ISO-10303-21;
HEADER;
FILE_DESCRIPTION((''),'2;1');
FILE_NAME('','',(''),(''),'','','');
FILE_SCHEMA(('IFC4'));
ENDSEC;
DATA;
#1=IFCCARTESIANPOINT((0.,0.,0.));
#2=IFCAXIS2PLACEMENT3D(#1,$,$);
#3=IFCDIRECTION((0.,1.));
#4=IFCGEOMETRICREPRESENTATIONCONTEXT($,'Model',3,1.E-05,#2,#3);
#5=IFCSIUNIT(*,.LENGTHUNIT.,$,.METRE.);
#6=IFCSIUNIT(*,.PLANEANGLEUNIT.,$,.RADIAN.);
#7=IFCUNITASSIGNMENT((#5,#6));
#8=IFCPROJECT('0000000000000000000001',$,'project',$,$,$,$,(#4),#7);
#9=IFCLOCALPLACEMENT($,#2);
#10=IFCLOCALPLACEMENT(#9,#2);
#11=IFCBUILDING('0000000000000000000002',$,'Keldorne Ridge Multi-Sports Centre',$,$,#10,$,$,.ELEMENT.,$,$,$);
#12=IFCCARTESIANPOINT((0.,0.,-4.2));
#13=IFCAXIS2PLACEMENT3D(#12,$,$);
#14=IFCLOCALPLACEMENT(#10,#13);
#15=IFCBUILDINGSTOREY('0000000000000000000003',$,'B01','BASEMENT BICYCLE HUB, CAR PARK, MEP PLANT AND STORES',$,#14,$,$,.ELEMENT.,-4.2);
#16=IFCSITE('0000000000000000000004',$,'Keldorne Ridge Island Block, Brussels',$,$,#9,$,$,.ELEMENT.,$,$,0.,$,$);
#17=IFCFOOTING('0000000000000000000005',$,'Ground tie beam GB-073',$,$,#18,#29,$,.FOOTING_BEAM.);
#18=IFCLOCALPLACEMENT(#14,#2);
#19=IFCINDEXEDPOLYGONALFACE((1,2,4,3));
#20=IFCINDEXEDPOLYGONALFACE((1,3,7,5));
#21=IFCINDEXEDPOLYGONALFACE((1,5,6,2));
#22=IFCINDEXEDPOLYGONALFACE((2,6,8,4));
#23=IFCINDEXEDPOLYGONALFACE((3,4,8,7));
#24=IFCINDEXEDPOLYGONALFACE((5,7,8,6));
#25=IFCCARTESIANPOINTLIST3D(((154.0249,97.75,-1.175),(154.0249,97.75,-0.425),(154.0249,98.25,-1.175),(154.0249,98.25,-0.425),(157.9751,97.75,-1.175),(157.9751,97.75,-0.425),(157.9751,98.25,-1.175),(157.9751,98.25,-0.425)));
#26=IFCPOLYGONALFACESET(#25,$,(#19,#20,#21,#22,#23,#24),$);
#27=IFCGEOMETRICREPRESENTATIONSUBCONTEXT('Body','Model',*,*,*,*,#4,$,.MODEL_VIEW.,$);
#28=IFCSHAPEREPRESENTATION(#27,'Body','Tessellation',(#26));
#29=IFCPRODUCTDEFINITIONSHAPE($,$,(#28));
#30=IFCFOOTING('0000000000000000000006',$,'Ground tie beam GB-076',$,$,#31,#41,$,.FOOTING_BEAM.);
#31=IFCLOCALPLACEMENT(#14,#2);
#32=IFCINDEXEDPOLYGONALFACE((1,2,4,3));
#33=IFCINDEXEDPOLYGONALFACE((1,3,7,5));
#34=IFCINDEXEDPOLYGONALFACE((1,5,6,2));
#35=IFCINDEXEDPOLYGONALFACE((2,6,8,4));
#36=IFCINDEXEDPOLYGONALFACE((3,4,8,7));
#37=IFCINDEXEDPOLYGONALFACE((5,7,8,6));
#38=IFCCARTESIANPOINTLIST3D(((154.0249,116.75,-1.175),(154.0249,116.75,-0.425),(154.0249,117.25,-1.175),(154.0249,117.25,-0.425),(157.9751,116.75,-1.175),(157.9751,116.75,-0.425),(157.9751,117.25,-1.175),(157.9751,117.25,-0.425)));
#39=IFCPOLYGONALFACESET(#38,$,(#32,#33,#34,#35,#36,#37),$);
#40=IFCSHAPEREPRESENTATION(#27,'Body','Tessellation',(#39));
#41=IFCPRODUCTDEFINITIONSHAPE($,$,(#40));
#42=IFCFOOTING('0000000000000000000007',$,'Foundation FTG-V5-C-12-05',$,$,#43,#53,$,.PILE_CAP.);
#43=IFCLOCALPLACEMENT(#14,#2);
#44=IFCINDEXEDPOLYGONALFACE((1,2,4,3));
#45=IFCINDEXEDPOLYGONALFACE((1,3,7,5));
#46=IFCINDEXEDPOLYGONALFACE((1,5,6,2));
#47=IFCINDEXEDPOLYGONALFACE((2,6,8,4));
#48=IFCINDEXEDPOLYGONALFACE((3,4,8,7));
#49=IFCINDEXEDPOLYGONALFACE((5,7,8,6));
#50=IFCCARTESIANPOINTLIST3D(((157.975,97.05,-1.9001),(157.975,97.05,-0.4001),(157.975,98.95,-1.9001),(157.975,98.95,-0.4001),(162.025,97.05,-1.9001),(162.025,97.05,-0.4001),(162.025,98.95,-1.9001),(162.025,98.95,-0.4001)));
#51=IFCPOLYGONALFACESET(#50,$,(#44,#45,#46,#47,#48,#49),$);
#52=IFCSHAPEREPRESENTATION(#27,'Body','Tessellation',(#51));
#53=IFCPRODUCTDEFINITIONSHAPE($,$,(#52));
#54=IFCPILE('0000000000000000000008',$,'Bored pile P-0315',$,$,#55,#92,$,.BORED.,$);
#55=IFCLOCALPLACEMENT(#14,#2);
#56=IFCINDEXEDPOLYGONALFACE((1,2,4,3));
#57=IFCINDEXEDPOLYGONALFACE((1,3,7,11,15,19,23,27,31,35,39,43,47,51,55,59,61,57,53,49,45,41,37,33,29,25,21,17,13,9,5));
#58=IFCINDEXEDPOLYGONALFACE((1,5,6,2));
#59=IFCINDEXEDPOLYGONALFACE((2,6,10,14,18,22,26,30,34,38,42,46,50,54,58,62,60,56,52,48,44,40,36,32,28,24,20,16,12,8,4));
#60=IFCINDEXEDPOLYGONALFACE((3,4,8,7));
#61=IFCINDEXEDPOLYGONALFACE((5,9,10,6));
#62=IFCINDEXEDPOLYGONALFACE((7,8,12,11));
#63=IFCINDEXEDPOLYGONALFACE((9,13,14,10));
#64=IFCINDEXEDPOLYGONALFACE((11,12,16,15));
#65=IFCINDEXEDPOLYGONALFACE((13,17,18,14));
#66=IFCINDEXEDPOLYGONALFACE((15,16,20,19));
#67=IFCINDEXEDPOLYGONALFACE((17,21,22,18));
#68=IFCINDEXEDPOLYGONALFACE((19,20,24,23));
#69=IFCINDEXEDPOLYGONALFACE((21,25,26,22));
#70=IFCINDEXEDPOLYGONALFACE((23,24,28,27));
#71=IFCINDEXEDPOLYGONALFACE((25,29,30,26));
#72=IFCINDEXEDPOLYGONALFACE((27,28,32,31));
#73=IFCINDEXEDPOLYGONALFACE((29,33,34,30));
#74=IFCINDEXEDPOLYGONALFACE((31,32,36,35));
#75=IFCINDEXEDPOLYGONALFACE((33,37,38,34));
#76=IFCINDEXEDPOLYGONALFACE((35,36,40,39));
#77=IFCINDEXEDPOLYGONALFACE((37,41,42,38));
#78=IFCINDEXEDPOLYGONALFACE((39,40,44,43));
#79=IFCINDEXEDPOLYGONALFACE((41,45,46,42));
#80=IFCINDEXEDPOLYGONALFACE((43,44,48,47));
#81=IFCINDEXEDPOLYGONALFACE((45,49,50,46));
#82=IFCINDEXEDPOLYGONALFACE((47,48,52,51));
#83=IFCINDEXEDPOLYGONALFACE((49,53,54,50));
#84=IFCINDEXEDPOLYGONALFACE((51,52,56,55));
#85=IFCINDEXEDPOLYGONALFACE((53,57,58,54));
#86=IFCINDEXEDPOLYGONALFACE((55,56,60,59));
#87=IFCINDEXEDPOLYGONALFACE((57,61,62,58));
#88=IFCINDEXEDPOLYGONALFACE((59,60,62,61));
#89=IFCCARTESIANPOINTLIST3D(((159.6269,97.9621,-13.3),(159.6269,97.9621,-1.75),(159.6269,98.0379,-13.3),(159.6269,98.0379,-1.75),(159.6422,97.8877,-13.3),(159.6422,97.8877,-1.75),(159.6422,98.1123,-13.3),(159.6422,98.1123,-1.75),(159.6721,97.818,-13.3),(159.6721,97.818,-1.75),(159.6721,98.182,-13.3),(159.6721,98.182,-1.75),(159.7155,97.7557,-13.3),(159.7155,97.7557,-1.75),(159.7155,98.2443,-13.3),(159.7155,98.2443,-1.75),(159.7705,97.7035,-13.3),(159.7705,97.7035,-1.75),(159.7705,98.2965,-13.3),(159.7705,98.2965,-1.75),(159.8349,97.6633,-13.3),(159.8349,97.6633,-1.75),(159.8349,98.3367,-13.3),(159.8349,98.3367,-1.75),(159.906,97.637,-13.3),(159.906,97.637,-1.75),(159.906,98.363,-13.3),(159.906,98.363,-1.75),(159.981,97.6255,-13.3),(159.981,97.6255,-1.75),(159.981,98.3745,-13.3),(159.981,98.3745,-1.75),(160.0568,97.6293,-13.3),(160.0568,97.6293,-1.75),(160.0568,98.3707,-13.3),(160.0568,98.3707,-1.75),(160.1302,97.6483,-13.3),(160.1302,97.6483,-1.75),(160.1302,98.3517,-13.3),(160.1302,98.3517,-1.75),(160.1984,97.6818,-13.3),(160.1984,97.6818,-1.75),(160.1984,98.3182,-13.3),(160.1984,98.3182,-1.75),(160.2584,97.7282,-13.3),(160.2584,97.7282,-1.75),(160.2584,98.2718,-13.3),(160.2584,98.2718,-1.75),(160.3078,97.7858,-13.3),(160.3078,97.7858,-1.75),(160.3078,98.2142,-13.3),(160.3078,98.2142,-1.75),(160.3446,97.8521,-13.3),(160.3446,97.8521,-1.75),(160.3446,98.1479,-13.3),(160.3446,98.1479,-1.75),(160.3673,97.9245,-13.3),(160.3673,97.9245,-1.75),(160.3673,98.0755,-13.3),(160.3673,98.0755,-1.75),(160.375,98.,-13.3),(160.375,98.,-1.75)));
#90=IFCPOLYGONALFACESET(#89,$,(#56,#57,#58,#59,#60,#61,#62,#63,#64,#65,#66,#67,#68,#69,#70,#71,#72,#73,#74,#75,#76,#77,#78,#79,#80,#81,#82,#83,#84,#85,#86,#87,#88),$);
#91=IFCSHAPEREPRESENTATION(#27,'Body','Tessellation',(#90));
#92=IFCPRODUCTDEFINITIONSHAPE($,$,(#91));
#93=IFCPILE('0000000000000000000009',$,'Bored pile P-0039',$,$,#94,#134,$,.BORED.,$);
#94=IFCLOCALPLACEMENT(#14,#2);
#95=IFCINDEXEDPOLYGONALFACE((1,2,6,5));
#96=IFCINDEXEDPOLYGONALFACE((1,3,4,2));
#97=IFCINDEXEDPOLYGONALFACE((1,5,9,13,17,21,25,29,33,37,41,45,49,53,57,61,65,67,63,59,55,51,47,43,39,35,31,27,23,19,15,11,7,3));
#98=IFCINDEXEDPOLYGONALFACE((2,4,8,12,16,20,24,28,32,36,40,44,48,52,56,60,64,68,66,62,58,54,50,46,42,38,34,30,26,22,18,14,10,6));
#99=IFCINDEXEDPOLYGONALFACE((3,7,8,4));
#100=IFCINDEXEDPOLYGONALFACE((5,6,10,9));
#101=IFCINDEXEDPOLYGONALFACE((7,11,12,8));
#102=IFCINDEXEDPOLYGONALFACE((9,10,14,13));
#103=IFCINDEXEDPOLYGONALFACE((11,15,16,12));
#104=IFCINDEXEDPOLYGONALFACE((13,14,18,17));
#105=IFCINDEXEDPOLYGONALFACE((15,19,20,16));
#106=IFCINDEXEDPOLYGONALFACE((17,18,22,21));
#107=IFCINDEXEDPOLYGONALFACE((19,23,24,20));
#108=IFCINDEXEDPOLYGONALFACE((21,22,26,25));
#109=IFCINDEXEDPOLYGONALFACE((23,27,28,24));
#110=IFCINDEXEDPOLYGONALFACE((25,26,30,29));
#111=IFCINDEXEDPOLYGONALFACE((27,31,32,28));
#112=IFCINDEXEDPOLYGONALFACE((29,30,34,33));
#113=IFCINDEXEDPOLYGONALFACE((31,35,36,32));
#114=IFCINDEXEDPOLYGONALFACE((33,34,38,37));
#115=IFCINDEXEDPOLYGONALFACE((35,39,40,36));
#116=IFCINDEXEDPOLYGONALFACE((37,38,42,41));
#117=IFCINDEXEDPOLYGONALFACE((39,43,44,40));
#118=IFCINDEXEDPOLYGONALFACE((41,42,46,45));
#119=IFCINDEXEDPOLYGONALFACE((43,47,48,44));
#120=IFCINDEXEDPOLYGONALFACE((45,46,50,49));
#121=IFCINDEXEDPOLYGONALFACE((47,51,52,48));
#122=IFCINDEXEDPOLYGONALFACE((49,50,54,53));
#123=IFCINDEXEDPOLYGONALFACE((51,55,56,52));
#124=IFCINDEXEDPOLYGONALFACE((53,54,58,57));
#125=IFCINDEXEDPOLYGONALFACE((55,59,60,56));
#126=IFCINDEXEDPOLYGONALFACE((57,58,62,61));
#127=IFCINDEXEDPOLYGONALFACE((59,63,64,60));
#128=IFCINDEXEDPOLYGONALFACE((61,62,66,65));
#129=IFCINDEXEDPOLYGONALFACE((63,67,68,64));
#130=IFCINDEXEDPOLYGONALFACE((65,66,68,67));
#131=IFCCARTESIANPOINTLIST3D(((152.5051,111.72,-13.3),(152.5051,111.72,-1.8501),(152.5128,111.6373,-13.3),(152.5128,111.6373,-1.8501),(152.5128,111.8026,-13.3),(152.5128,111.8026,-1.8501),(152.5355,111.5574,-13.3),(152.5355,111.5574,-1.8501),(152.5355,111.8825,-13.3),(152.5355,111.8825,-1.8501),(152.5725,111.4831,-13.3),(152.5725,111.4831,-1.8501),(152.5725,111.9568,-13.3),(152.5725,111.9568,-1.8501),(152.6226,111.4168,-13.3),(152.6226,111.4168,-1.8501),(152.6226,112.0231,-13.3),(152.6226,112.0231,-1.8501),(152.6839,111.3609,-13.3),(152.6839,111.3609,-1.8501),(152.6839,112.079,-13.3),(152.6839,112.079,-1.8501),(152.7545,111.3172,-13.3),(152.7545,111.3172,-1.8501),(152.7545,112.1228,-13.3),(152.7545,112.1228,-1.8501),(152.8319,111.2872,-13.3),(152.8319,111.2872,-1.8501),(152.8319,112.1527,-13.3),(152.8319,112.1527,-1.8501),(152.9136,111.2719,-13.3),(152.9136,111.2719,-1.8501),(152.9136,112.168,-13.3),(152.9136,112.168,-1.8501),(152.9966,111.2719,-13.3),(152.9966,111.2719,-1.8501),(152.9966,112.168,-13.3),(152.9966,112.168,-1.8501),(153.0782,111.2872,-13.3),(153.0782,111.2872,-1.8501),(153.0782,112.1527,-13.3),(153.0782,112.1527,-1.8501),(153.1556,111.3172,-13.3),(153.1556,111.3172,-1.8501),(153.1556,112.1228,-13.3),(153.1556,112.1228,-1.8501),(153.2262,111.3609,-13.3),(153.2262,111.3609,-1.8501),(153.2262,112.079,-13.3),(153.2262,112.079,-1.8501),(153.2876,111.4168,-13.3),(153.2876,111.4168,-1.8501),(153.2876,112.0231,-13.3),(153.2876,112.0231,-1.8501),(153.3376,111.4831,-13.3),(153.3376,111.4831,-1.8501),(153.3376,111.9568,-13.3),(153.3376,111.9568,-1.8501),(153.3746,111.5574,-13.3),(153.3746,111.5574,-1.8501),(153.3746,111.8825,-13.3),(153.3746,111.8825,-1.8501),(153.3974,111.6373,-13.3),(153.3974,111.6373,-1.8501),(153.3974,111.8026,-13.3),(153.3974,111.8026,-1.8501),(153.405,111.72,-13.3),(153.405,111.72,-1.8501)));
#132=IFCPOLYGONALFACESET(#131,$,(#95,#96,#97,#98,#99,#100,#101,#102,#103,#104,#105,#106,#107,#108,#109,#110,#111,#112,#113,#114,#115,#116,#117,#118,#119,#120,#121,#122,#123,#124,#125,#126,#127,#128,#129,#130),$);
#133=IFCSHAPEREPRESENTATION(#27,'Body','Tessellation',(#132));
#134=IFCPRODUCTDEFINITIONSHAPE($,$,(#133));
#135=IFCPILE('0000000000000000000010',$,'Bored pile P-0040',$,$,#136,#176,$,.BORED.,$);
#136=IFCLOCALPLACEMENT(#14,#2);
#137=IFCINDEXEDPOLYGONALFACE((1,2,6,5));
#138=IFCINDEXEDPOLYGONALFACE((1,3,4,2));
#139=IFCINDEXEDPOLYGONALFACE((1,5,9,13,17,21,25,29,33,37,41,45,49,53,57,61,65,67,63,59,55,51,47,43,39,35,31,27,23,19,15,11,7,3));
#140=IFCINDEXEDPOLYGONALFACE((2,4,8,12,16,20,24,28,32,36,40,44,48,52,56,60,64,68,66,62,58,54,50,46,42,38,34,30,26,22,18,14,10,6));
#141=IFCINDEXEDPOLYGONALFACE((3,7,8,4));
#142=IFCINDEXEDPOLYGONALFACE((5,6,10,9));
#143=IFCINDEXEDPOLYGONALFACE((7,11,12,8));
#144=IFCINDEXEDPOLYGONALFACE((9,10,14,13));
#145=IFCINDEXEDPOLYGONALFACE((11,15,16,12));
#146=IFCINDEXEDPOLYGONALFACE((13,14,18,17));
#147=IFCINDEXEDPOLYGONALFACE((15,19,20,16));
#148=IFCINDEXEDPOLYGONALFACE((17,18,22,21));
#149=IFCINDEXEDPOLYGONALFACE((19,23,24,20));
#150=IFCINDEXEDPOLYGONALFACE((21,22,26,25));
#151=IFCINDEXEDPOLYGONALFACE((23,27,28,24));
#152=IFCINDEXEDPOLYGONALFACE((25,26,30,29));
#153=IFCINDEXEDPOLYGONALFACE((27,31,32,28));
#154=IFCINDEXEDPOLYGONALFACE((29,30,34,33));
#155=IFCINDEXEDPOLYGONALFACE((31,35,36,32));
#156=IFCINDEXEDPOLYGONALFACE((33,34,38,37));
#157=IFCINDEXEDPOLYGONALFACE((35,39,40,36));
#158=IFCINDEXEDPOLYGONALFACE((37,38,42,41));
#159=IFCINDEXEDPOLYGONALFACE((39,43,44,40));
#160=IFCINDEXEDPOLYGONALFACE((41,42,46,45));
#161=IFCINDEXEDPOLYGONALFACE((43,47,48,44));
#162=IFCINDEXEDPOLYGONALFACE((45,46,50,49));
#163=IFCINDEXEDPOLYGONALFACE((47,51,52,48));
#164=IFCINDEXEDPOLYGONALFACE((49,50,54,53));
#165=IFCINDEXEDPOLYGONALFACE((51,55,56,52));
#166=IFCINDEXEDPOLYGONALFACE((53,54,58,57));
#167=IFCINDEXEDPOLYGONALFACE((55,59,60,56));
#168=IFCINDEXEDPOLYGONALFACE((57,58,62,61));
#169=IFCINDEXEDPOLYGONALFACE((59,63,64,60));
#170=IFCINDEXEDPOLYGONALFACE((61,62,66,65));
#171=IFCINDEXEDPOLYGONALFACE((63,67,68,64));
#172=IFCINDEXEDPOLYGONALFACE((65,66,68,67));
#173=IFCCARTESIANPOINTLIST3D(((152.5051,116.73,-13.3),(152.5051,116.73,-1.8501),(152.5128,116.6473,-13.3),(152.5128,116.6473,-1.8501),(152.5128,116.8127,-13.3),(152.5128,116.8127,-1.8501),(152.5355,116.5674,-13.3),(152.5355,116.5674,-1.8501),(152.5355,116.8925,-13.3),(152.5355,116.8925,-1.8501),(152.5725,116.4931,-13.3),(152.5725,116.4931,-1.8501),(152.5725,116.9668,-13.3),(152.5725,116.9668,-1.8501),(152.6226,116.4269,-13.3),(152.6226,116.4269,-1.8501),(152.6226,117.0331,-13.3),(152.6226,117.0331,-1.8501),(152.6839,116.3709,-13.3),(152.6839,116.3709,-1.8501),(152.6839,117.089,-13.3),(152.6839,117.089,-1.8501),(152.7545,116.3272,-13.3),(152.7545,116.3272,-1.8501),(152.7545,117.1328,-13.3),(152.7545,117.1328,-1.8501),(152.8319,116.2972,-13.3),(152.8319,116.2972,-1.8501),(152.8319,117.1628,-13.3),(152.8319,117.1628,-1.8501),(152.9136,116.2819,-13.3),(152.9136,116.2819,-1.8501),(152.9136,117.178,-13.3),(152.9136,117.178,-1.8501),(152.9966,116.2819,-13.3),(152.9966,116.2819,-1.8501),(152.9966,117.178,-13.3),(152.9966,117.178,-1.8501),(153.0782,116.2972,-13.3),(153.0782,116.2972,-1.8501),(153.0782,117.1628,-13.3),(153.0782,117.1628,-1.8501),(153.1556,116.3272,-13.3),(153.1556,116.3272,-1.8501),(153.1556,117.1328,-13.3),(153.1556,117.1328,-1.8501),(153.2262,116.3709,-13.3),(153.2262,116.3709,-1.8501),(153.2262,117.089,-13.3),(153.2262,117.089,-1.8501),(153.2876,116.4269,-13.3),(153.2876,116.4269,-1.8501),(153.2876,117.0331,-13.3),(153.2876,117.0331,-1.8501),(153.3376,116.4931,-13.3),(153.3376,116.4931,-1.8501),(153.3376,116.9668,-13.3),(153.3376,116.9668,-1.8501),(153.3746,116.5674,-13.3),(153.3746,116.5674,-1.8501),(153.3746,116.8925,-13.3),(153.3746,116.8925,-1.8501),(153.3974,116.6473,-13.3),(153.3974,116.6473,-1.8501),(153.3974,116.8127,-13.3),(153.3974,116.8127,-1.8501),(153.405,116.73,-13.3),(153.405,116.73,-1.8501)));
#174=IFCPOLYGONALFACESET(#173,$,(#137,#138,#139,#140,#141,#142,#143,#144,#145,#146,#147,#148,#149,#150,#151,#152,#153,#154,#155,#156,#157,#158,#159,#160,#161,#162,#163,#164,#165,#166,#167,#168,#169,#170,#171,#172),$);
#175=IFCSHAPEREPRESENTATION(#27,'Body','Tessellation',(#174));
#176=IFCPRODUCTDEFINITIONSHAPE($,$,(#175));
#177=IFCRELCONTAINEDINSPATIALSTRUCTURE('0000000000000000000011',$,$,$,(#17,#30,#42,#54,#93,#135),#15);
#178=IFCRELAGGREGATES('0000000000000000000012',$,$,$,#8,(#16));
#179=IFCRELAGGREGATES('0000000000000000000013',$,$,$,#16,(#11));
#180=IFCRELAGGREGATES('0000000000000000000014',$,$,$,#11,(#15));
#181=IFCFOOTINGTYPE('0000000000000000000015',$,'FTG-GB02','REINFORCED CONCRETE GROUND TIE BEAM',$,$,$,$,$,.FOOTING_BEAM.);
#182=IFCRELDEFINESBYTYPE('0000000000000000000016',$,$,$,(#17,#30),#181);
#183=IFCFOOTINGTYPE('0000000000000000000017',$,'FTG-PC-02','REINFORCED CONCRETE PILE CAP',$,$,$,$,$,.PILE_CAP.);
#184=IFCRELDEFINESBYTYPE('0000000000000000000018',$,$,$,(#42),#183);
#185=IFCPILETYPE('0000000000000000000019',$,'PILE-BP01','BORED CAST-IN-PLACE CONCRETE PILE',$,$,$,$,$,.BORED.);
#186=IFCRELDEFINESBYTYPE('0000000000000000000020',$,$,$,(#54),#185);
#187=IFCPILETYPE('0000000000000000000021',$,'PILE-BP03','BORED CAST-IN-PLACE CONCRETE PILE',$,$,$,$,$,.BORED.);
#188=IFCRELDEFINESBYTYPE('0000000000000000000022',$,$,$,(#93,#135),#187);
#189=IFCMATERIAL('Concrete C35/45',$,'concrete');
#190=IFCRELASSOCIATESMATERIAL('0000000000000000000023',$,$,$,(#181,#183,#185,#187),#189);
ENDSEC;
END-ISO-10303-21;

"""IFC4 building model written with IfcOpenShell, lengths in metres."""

from ifc_helpers import new_model, si_unit, direction, frame, origin, origin_2d, place, context, subcontext, project, spatial, rectangle, circle, extrude, material, material_profile, profile_set, type_object, element, save


model = new_model("IFC4")

# Units and contexts
model_context = context("Model", 3, precision=1e-05, world=origin(), true_north=direction((0.0, 1.0)))
body_context = subcontext(model_context, "Body", "Model", "MODEL_VIEW")
ifc_project = project(units=[si_unit("LENGTHUNIT", "METRE"), si_unit("PLANEANGLEUNIT", "RADIAN")], contexts=[model_context])

# Site, building, storey
site_placement = place(None, origin())
site = spatial("IfcSite", under=ifc_project, at=site_placement, Name="Keldorne Ridge Island Block, Brussels", CompositionType="ELEMENT", RefElevation=0.0)
building_placement = place(site_placement, origin())
building = spatial("IfcBuilding", under=site, at=building_placement, Name="Keldorne Ridge Multi-Sports Centre", CompositionType="ELEMENT")
storey_placement = place(building_placement, frame((0.0, 0.0, -4.2)))
storey = spatial("IfcBuildingStorey", under=building, at=storey_placement, Name="B01", Description="BASEMENT BICYCLE HUB, CAR PARK, MEP PLANT AND STORES", CompositionType="ELEMENT", Elevation=-4.2)

# Footings
ifc_material_1 = material(Name="Concrete C35/45", Category="concrete")
ifc_material_profile_1 = material_profile(ifc_material_1, rectangle(XDim=0.5, YDim=0.75, at=origin_2d()), Name="GB 500x750")
ifc_profile_set_1 = profile_set([ifc_material_profile_1], Name="Concrete C35/45")
footing_type_1 = type_object("IfcFootingType", Name="FTG-GB02", Description="REINFORCED CONCRETE GROUND TIE BEAM", PredefinedType="FOOTING_BEAM", material=ifc_profile_set_1)
for number, where, z_axis, x_axis, name in (
    (1, (154.0249, 98.0, -0.8), (1.0, 0.0, 0.0), (0.0, 1.0, 0.0), "Ground tie beam GB-073"),
    (2, (154.0249, 117.0, -0.8), (1.0, 0.0, 0.0), (0.0, 1.0, 0.0), "Ground tie beam GB-076"),
):
    element("IfcFooting", number, at=place(storey_placement, frame(where, z_axis=z_axis, x_axis=x_axis)), inside=storey, type_object=footing_type_1, Name=name, PredefinedType="FOOTING_BEAM", context=body_context, shape_type="SweptSolid", body=[
        extrude(rectangle(XDim=0.5, YDim=0.75, at=origin_2d()), origin(), (0.0, 0.0, 1.0), 3.9502),
    ])
footing_type_2 = type_object("IfcFootingType", Name="FTG-PC-02", Description="REINFORCED CONCRETE PILE CAP", PredefinedType="PILE_CAP", material=ifc_material_1)
footing_placement = place(storey_placement, frame((160.0, 98.0, -1.9001), z_axis=(0.0, 0.0, 1.0), x_axis=(1.0, 0.0, 0.0)))
element("IfcFooting", 3, at=footing_placement, inside=storey, type_object=footing_type_2, Name="Foundation FTG-V5-C-12-05", PredefinedType="PILE_CAP", context=body_context, shape_type="SweptSolid", body=[
    extrude(rectangle(XDim=4.05, YDim=1.8999, at=origin_2d()), origin(), (0.0, 0.0, 1.0), 1.5),
])

# Piles
ifc_material_profile_2 = material_profile(ifc_material_1, circle(Radius=0.375, at=origin_2d()), Name="BORED PILE D750")
ifc_profile_set_2 = profile_set([ifc_material_profile_2], Name="Concrete C35/45")
pile_type_1 = type_object("IfcPileType", Name="PILE-BP01", Description="BORED CAST-IN-PLACE CONCRETE PILE", PredefinedType="BORED", material=ifc_profile_set_2)
pile_placement = place(storey_placement, frame((160.0, 98.0, -1.75), z_axis=(0.0, 0.0, -1.0), x_axis=(1.0, 0.0, 0.0)))
element("IfcPile", 4, at=pile_placement, inside=storey, type_object=pile_type_1, Name="Bored pile P-0315", PredefinedType="BORED", context=body_context, shape_type="SweptSolid", body=[
    extrude(circle(Radius=0.375, at=origin_2d()), origin(), (0.0, 0.0, 1.0), 11.55),
])
ifc_material_profile_3 = material_profile(ifc_material_1, circle(Radius=0.45, at=origin_2d()), Name="BORED PILE D900")
ifc_profile_set_3 = profile_set([ifc_material_profile_3], Name="Concrete C35/45")
pile_type_2 = type_object("IfcPileType", Name="PILE-BP03", Description="BORED CAST-IN-PLACE CONCRETE PILE", PredefinedType="BORED", material=ifc_profile_set_3)
for number, where, z_axis, x_axis, name in (
    (5, (152.9551, 111.72, -1.8501), (0.0, 0.0, -1.0), (1.0, 0.0, 0.0), "Bored pile P-0039"),
    (6, (152.9551, 116.73, -1.8501), (0.0, 0.0, -1.0), (1.0, 0.0, 0.0), "Bored pile P-0040"),
):
    element("IfcPile", number, at=place(storey_placement, frame(where, z_axis=z_axis, x_axis=x_axis)), inside=storey, type_object=pile_type_2, Name=name, PredefinedType="BORED", context=body_context, shape_type="SweptSolid", body=[
        extrude(circle(Radius=0.45, at=origin_2d()), origin(), (0.0, 0.0, 1.0), 11.45),
    ])

save(model, "model.ifc")
